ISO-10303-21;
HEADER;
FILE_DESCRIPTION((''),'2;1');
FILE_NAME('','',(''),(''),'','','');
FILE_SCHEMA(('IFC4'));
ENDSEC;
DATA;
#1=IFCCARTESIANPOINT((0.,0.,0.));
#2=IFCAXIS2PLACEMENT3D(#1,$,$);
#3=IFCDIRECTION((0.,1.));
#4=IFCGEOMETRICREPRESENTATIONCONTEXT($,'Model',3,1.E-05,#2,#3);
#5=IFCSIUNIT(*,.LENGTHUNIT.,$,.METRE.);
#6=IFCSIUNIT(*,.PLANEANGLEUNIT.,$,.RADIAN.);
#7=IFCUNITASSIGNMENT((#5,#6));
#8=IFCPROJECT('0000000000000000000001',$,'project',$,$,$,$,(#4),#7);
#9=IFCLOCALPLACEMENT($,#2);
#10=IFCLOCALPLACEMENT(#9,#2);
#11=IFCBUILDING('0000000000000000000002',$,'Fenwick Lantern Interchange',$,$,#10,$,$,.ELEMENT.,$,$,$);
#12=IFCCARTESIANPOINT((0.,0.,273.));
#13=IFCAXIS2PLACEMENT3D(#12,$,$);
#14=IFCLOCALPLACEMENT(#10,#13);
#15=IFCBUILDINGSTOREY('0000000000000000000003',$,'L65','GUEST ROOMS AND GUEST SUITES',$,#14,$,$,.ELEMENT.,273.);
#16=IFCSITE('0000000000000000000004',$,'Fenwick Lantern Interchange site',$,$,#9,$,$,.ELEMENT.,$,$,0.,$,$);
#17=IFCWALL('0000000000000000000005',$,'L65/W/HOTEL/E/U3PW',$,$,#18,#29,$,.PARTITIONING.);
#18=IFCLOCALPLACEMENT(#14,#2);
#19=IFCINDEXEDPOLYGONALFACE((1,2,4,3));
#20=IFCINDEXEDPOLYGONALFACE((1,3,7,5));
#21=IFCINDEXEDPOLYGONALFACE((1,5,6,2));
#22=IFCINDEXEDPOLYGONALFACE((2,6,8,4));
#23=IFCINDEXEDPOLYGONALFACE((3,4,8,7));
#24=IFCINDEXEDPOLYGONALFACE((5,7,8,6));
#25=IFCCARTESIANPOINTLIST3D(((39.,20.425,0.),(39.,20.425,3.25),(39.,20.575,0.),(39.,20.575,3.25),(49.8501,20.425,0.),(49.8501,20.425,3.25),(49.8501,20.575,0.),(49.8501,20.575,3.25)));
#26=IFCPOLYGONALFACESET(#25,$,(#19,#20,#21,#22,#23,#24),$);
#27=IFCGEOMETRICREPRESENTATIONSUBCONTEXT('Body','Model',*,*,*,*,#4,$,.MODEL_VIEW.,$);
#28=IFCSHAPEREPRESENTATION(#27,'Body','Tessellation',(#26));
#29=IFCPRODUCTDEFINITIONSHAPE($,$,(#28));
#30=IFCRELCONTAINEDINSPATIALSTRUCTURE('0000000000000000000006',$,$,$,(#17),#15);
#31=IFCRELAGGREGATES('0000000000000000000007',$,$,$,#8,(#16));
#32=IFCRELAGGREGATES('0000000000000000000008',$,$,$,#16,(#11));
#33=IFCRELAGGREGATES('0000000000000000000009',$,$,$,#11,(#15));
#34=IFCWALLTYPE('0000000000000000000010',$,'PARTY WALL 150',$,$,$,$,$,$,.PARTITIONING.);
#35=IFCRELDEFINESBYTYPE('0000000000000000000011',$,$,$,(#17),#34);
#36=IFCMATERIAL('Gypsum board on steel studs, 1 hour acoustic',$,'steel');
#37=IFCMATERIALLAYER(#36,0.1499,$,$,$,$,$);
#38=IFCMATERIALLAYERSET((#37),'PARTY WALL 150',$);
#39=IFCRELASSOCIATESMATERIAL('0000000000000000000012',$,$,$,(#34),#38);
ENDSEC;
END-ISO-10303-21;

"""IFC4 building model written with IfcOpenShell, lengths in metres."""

from ifc_helpers import new_model, si_unit, direction, frame, frame_2d, origin, place, context, subcontext, project, spatial, rectangle, extrude, material, layer, layer_set, type_object, element, save


model = new_model("IFC4")

# Units and contexts
model_context = context("Model", 3, precision=1e-05, world=origin(), true_north=direction((0.0, 1.0)))
body_context = subcontext(model_context, "Body", "Model", "MODEL_VIEW")
ifc_project = project(units=[si_unit("LENGTHUNIT", "METRE"), si_unit("PLANEANGLEUNIT", "RADIAN")], contexts=[model_context])

# Site, building, storey
site_placement = place(None, origin())
site = spatial("IfcSite", under=ifc_project, at=site_placement, Name="Fenwick Lantern Interchange site", CompositionType="ELEMENT", RefElevation=0.0)
building_placement = place(site_placement, origin())
building = spatial("IfcBuilding", under=site, at=building_placement, Name="Fenwick Lantern Interchange", CompositionType="ELEMENT")
storey_placement = place(building_placement, frame((0.0, 0.0, 273.0)))
storey = spatial("IfcBuildingStorey", under=building, at=storey_placement, Name="L65", Description="GUEST ROOMS AND GUEST SUITES", CompositionType="ELEMENT", Elevation=273.0)

# Wall
ifc_material_1 = material(Name="Gypsum board on steel studs, 1 hour acoustic", Category="steel")
ifc_layer_1 = layer(ifc_material_1, 0.1499)
ifc_layer_set_1 = layer_set([ifc_layer_1], Name="PARTY WALL 150")
wall_type_1 = type_object("IfcWallType", Name="PARTY WALL 150", PredefinedType="PARTITIONING", material=ifc_layer_set_1)
for number, where, z_axis, x_axis, name in (
    (1, (49.8501, 20.5, 0.0), (0.0, 0.0, 1.0), (-1.0, 0.0, 0.0), "L65/W/HOTEL/E/U3PW"),
):
    element("IfcWall", number, at=place(storey_placement, frame(where, z_axis=z_axis, x_axis=x_axis)), inside=storey, type_object=wall_type_1, Name=name, PredefinedType="PARTITIONING", context=body_context, shape_type="SweptSolid", body=[
        extrude(rectangle(XDim=10.8501, YDim=0.1499, at=frame_2d((5.425, 0.0))), origin(), (0.0, 0.0, 1.0), 3.25),
    ])

save(model, "model.ifc")
